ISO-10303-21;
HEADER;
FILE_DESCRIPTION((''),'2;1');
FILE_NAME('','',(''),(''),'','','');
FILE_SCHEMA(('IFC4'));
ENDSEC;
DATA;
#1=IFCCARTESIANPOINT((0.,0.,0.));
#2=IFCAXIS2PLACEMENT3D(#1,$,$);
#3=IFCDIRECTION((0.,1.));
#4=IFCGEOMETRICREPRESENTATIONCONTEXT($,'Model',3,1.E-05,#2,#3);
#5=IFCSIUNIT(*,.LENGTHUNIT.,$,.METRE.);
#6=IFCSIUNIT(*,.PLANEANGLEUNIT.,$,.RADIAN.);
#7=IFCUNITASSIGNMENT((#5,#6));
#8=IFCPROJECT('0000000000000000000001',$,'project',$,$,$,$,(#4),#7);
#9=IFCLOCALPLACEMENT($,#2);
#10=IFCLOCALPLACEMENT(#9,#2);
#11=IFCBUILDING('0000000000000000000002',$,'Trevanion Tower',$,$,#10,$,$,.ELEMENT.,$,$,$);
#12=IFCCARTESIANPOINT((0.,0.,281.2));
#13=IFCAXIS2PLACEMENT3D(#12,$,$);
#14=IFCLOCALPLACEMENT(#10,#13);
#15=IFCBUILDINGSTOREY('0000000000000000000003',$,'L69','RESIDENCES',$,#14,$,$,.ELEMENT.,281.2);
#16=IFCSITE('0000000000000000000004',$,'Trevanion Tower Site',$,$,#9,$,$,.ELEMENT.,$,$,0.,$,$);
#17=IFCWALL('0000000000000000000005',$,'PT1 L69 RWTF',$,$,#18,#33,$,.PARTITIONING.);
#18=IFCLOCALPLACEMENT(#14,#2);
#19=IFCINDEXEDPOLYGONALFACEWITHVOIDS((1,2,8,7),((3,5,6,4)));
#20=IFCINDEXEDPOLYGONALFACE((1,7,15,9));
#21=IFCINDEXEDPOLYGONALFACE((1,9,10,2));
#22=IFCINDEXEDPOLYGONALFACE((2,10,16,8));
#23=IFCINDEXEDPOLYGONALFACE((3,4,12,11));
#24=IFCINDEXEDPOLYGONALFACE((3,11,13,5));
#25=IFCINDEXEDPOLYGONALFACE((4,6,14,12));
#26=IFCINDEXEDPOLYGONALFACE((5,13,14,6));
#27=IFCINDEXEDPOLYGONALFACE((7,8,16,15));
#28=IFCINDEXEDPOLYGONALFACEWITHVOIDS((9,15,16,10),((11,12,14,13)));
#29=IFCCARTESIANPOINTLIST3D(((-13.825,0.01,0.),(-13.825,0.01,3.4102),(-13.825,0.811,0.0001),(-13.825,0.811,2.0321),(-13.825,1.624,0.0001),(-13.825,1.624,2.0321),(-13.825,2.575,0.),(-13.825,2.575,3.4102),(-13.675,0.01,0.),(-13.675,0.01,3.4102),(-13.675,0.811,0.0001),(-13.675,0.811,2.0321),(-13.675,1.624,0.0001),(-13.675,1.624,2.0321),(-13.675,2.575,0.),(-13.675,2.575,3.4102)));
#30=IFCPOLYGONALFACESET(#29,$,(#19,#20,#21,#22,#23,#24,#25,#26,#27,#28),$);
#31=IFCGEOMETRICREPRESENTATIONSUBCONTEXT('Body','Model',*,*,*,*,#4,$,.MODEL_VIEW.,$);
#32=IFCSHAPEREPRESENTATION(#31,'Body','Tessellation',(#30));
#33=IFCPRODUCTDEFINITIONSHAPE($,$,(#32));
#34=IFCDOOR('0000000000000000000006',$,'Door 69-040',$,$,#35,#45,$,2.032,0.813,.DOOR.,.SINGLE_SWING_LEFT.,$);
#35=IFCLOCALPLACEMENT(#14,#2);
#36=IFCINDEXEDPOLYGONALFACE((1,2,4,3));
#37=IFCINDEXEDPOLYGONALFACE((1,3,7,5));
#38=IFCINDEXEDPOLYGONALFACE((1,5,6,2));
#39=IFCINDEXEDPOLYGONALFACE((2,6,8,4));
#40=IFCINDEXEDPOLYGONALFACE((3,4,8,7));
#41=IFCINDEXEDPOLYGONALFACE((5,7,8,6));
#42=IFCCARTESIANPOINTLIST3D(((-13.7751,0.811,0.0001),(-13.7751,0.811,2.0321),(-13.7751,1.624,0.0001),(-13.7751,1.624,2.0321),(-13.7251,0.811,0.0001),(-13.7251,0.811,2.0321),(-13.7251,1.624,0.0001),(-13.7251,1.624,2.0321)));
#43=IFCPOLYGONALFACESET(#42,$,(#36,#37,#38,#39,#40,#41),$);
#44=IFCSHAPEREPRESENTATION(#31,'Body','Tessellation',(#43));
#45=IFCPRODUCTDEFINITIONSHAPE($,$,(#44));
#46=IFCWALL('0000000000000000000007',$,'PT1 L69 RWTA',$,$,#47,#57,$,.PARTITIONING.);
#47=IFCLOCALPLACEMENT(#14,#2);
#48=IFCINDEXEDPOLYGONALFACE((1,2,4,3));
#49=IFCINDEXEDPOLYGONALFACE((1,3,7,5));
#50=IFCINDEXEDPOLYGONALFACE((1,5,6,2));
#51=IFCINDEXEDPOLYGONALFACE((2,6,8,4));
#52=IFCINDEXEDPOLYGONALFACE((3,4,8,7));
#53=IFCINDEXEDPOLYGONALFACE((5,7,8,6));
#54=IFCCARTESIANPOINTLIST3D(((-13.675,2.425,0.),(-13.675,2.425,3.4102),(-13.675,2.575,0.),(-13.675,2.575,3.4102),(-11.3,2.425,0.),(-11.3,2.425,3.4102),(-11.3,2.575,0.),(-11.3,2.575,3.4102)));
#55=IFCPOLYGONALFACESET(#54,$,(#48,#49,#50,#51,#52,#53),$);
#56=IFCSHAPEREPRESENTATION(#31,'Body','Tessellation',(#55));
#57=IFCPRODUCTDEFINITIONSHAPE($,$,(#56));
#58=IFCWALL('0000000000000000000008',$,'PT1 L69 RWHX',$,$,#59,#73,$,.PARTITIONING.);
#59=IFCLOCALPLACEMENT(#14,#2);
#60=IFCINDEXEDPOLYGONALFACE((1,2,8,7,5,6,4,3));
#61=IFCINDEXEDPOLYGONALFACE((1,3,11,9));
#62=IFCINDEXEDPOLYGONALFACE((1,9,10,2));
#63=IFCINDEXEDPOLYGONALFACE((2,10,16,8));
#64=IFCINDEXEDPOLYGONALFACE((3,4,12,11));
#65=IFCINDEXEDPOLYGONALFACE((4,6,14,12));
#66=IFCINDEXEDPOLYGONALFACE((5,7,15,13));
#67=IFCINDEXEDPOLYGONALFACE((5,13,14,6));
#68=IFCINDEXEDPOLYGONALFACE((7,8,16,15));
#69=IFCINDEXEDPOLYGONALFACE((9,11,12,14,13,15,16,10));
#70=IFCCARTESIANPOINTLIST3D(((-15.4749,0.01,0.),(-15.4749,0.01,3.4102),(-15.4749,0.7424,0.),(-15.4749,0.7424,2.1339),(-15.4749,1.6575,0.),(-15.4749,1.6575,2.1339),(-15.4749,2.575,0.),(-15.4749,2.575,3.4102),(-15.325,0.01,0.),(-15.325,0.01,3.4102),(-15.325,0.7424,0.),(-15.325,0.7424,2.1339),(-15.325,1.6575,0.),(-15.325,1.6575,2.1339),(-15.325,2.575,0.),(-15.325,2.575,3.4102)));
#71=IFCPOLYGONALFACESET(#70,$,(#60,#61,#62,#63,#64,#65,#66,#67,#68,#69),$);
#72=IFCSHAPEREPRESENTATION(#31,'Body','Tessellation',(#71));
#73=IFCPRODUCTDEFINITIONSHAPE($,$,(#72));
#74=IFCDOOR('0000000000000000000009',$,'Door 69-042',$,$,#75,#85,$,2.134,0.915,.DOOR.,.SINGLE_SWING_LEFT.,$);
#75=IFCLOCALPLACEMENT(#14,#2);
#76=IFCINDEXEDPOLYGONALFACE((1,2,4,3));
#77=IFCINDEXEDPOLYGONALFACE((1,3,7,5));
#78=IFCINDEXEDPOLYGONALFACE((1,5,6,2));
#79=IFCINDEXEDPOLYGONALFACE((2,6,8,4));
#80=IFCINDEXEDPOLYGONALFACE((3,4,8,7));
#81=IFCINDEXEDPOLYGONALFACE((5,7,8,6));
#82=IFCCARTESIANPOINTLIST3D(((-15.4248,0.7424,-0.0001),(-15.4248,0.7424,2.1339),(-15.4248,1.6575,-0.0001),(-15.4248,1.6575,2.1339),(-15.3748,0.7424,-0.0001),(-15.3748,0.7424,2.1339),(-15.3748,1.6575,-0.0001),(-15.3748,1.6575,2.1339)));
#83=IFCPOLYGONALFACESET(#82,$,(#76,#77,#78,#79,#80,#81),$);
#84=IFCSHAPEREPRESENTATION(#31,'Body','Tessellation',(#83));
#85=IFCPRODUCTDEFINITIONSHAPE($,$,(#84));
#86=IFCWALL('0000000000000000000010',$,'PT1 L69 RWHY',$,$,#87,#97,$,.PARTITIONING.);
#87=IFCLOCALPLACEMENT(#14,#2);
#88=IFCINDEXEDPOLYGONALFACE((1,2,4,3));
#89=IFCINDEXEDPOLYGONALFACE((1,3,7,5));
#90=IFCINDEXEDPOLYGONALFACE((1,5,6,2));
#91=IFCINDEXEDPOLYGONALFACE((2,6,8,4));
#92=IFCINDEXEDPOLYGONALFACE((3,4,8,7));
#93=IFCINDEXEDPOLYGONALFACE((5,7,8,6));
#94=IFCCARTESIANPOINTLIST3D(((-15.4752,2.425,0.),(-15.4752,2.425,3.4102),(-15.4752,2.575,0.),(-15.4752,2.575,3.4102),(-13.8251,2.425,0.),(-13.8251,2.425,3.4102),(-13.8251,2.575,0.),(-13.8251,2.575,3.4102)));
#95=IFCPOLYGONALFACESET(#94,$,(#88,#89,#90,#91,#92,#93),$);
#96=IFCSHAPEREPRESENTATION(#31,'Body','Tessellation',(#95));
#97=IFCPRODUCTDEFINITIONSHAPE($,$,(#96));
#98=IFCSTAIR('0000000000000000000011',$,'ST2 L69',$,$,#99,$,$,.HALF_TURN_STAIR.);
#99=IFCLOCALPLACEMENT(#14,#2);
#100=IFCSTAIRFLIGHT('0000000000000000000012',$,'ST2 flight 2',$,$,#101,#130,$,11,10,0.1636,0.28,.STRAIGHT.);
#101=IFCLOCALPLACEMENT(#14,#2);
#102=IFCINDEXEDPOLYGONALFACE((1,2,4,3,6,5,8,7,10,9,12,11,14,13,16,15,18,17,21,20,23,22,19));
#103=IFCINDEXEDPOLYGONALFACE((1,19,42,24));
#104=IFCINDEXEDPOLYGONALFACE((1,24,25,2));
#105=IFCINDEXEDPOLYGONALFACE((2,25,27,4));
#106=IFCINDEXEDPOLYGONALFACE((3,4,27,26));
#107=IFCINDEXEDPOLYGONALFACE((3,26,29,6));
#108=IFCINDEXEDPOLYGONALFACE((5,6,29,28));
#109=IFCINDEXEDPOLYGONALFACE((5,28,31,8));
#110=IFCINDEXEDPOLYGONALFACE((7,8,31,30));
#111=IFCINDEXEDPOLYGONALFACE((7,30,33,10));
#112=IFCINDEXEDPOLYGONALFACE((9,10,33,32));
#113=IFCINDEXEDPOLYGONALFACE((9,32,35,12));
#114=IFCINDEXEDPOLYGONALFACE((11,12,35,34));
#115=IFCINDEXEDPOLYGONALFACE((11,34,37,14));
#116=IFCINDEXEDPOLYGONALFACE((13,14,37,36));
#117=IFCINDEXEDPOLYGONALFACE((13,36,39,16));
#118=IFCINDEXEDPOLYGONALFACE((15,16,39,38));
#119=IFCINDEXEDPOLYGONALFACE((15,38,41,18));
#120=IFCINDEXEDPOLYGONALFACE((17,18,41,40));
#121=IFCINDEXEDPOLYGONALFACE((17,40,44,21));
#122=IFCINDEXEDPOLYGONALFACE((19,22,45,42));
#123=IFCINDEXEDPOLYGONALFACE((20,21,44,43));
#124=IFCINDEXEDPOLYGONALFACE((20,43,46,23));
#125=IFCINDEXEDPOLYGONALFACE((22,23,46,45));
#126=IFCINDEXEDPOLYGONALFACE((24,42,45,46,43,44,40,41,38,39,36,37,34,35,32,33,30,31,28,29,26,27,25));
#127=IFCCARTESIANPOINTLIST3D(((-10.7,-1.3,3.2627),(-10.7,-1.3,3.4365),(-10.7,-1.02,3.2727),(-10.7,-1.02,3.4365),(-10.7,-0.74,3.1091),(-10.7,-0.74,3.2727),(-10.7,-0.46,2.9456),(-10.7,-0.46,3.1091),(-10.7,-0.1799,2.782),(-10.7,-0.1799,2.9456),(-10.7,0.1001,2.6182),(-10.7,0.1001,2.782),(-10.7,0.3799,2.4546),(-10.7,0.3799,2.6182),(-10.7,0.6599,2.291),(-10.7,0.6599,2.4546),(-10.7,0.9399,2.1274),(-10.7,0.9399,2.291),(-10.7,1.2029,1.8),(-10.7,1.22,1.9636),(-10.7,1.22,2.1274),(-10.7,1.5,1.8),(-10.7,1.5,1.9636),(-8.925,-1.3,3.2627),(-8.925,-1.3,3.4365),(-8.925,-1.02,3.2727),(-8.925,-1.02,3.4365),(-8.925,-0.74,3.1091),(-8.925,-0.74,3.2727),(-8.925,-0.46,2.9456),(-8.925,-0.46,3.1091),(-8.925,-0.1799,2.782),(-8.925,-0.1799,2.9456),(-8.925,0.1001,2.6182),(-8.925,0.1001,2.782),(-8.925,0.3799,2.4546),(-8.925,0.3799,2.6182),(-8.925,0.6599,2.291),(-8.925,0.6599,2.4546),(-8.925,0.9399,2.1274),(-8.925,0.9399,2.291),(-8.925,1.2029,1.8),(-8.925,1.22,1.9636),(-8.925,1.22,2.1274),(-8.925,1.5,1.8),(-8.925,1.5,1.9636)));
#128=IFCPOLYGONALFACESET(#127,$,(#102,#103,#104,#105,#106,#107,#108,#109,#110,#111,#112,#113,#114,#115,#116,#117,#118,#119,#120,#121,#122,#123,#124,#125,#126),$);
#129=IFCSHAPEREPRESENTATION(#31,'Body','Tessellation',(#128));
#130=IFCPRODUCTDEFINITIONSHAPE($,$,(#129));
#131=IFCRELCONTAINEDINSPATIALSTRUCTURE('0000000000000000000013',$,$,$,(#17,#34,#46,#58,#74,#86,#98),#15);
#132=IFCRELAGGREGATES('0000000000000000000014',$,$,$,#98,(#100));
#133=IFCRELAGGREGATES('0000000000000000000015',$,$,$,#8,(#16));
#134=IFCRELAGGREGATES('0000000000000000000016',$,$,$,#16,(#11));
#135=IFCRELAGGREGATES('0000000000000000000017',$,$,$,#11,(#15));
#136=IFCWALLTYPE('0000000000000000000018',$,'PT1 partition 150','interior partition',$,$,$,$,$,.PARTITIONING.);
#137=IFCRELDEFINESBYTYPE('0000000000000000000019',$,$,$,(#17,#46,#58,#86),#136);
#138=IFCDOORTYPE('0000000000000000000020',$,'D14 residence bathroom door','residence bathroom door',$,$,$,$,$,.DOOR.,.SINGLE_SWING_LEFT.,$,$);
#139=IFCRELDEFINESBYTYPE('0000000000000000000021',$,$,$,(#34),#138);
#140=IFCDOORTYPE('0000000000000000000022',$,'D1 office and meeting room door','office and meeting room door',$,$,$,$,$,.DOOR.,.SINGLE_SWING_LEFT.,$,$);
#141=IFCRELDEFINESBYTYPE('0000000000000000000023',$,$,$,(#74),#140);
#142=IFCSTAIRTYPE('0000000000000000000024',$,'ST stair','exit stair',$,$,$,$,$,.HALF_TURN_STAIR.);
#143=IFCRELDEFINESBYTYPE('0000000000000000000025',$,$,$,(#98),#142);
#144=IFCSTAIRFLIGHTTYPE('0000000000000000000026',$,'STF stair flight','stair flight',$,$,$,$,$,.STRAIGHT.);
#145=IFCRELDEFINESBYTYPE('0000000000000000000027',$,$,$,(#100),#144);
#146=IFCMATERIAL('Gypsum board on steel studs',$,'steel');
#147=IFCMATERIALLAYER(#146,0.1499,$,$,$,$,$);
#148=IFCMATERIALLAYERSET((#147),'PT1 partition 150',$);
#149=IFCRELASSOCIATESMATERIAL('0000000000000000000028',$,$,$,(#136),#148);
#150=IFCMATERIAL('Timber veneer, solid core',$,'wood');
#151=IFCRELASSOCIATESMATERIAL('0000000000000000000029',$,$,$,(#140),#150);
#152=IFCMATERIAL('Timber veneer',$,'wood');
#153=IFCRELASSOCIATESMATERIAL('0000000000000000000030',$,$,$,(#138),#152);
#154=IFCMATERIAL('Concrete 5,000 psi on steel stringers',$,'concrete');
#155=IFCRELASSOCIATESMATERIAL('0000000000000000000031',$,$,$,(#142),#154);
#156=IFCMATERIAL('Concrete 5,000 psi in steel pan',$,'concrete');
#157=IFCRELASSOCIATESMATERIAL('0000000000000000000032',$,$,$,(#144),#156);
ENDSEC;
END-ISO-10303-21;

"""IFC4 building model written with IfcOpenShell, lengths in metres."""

from ifc_helpers import new_model, si_unit, direction, frame, frame_2d, origin, place, context, subcontext, project, spatial, polyline, rectangle, outline, extrude, material, layer, layer_set, type_object, element, fill, aggregate, save


model = new_model("IFC4")

# Units and contexts
model_context = context("Model", 3, precision=1e-05, world=origin(), true_north=direction((0.0, 1.0)))
body_context = subcontext(model_context, "Body", "Model", "MODEL_VIEW")
ifc_project = project(units=[si_unit("LENGTHUNIT", "METRE"), si_unit("PLANEANGLEUNIT", "RADIAN")], contexts=[model_context])

# Site, building, storey
site_placement = place(None, origin())
site = spatial("IfcSite", under=ifc_project, at=site_placement, Name="Trevanion Tower Site", CompositionType="ELEMENT", RefElevation=0.0)
building_placement = place(site_placement, origin())
building = spatial("IfcBuilding", under=site, at=building_placement, Name="Trevanion Tower", CompositionType="ELEMENT")
storey_placement = place(building_placement, frame((0.0, 0.0, 281.2)))
storey = spatial("IfcBuildingStorey", under=building, at=storey_placement, Name="L69", Description="RESIDENCES", CompositionType="ELEMENT", Elevation=281.2)

# Wall, opening, door
ifc_material_1 = material(Name="Gypsum board on steel studs", Category="steel")
ifc_layer_1 = layer(ifc_material_1, 0.1499)
ifc_layer_set_1 = layer_set([ifc_layer_1], Name="PT1 partition 150")
wall_type = type_object("IfcWallType", Name="PT1 partition 150", Description="interior partition", PredefinedType="PARTITIONING", material=ifc_layer_set_1)
ifc_material_2 = material(Name="Timber veneer, solid core", Category="wood")
door_type_1 = type_object("IfcDoorType", Name="D1 office and meeting room door", Description="office and meeting room door", OperationType="SINGLE_SWING_LEFT", PredefinedType="DOOR", material=ifc_material_2)
wall_1_placement = place(storey_placement, frame((-13.75, 2.575, 0.0), z_axis=(0.0, 0.0, 1.0), x_axis=(0.0, -1.0, 0.0)))
wall_1 = element("IfcWall", 1, at=wall_1_placement, inside=storey, type_object=wall_type, Name="PT1 L69 RWTF", PredefinedType="PARTITIONING", context=body_context, shape_type="SweptSolid", body=[
    extrude(rectangle(XDim=2.5649, YDim=0.1499, at=frame_2d((1.2825, 0.0))), origin(), (0.0, 0.0, 1.0), 3.4102),
])
opening_1_placement = place(wall_1_placement, frame((0.9509, 0.0, 0.0)))
opening_1 = element("IfcOpeningElement", 2, at=opening_1_placement, cuts=wall_1, PredefinedType="OPENING", context=body_context, shape_type="SweptSolid", body=[
    extrude(rectangle(XDim=0.813, YDim=2.032, at=frame_2d((0.4065, 1.0161))), frame((0.0, 0.085, 0.0), z_axis=(0.0, -1.0, 0.0), x_axis=(1.0, 0.0, 0.0)), (0.0, 0.0, 1.0), 0.1699),
])
ifc_material_3 = material(Name="Timber veneer", Category="wood")
door_type_2 = type_object("IfcDoorType", Name="D14 residence bathroom door", Description="residence bathroom door", OperationType="SINGLE_SWING_LEFT", PredefinedType="DOOR", material=ifc_material_3)
door_1_placement = place(opening_1_placement, origin())
door_1 = element("IfcDoor", 3, at=door_1_placement, inside=storey, type_object=door_type_2, Name="Door 69-040", OperationType="SINGLE_SWING_LEFT", OverallHeight=2.032, OverallWidth=0.813, PredefinedType="DOOR", context=body_context, shape_type="SweptSolid", body=[
    extrude(rectangle(XDim=0.813, YDim=2.032, at=frame_2d((0.4065, 1.0161))), frame((0.0, 0.0249, 0.0), z_axis=(0.0, -1.0, 0.0), x_axis=(1.0, 0.0, 0.0)), (0.0, 0.0, 1.0), 0.05),
])
fill(opening_1, door_1)

# Wall
wall_2_placement = place(storey_placement, frame((-11.3, 2.5, 0.0), z_axis=(0.0, 0.0, 1.0), x_axis=(-1.0, 0.0, 0.0)))
element("IfcWall", 4, at=wall_2_placement, inside=storey, type_object=wall_type, Name="PT1 L69 RWTA", PredefinedType="PARTITIONING", context=body_context, shape_type="SweptSolid", body=[
    extrude(rectangle(XDim=2.375, YDim=0.1499, at=frame_2d((1.1875, 0.0))), origin(), (0.0, 0.0, 1.0), 3.4102),
])

# Wall, opening, door
wall_3_placement = place(storey_placement, frame((-15.3999, 0.01, 0.0), z_axis=(0.0, 0.0, 1.0), x_axis=(0.0, 1.0, 0.0)))
wall_3 = element("IfcWall", 5, at=wall_3_placement, inside=storey, type_object=wall_type, Name="PT1 L69 RWHX", PredefinedType="PARTITIONING", context=body_context, shape_type="SweptSolid", body=[
    extrude(rectangle(XDim=2.5649, YDim=0.1499, at=frame_2d((1.2825, 0.0))), origin(), (0.0, 0.0, 1.0), 3.4102),
])
opening_2_placement = place(wall_3_placement, frame((0.7324, 0.0, 0.0)))
opening_2 = element("IfcOpeningElement", 6, at=opening_2_placement, cuts=wall_3, PredefinedType="OPENING", context=body_context, shape_type="SweptSolid", body=[
    extrude(rectangle(XDim=0.915, YDim=2.134, at=frame_2d((0.4575, 1.0669))), frame((0.0, 0.085, 0.0), z_axis=(0.0, -1.0, 0.0), x_axis=(1.0, 0.0, 0.0)), (0.0, 0.0, 1.0), 0.1699),
])
door_2_placement = place(opening_2_placement, origin())
door_2 = element("IfcDoor", 7, at=door_2_placement, inside=storey, type_object=door_type_1, Name="Door 69-042", OperationType="SINGLE_SWING_LEFT", OverallHeight=2.134, OverallWidth=0.915, PredefinedType="DOOR", context=body_context, shape_type="SweptSolid", body=[
    extrude(rectangle(XDim=0.915, YDim=2.134, at=frame_2d((0.4575, 1.0669))), frame((0.0, 0.0249, 0.0), z_axis=(0.0, -1.0, 0.0), x_axis=(1.0, 0.0, 0.0)), (0.0, 0.0, 1.0), 0.05),
])
fill(opening_2, door_2)

# Wall
wall_4_placement = place(storey_placement, frame((-13.825, 2.5, 0.0), z_axis=(0.0, 0.0, 1.0), x_axis=(-1.0, 0.0, 0.0)))
element("IfcWall", 8, at=wall_4_placement, inside=storey, type_object=wall_type, Name="PT1 L69 RWHY", PredefinedType="PARTITIONING", context=body_context, shape_type="SweptSolid", body=[
    extrude(rectangle(XDim=1.6501, YDim=0.1499, at=frame_2d((0.8252, 0.0))), origin(), (0.0, 0.0, 1.0), 3.4102),
])

# Stair, stair flight
ifc_material_4 = material(Name="Concrete 5,000 psi on steel stringers", Category="concrete")
stair_type = type_object("IfcStairType", Name="ST stair", Description="exit stair", PredefinedType="HALF_TURN_STAIR", material=ifc_material_4)
stair_placement = place(storey_placement, origin())
stair = element("IfcStair", 9, at=stair_placement, inside=storey, type_object=stair_type, Name="ST2 L69", PredefinedType="HALF_TURN_STAIR")
ifc_material_5 = material(Name="Concrete 5,000 psi in steel pan", Category="concrete")
stair_flight_type = type_object("IfcStairFlightType", Name="STF stair flight", Description="stair flight", PredefinedType="STRAIGHT", material=ifc_material_5)
stair_flight_placement = place(storey_placement, frame((-9.8125, 1.5, 1.8), z_axis=(0.0, 0.0, 1.0), x_axis=(0.0, -1.0, 0.0)))
stair_flight = element("IfcStairFlight", 10, at=stair_flight_placement, type_object=stair_flight_type, Name="ST2 flight 2", NumberOfRisers=11, NumberOfTreads=10, PredefinedType="STRAIGHT", RiserHeight=0.1636, TreadLength=0.28, context=body_context, shape_type="SweptSolid", body=[
    extrude(outline(polyline([(0.0, 0.0), (0.0, 0.1636), (0.28, 0.1636), (0.28, 0.3274), (0.5601, 0.3274), (0.5601, 0.491), (0.8401, 0.491), (0.8401, 0.6545), (1.1201, 0.6545), (1.1201, 0.8181), (1.3999, 0.8181), (1.3999, 0.9819), (1.6799, 0.9819), (1.6799, 1.1455), (1.96, 1.1455), (1.96, 1.3091), (2.24, 1.3091), (2.24, 1.4727), (2.52, 1.4727), (2.52, 1.6365), (2.8, 1.6365), (2.8, 1.8), (2.8, 1.4626), (0.2971, 0.0), (0.0, 0.0)])), frame((0.0, 0.8875, 0.0), z_axis=(0.0, -1.0, 0.0), x_axis=(1.0, 0.0, 0.0)), (0.0, 0.0, 1.0), 1.7749),
])
aggregate(stair, [stair_flight])

save(model, "model.ifc")
